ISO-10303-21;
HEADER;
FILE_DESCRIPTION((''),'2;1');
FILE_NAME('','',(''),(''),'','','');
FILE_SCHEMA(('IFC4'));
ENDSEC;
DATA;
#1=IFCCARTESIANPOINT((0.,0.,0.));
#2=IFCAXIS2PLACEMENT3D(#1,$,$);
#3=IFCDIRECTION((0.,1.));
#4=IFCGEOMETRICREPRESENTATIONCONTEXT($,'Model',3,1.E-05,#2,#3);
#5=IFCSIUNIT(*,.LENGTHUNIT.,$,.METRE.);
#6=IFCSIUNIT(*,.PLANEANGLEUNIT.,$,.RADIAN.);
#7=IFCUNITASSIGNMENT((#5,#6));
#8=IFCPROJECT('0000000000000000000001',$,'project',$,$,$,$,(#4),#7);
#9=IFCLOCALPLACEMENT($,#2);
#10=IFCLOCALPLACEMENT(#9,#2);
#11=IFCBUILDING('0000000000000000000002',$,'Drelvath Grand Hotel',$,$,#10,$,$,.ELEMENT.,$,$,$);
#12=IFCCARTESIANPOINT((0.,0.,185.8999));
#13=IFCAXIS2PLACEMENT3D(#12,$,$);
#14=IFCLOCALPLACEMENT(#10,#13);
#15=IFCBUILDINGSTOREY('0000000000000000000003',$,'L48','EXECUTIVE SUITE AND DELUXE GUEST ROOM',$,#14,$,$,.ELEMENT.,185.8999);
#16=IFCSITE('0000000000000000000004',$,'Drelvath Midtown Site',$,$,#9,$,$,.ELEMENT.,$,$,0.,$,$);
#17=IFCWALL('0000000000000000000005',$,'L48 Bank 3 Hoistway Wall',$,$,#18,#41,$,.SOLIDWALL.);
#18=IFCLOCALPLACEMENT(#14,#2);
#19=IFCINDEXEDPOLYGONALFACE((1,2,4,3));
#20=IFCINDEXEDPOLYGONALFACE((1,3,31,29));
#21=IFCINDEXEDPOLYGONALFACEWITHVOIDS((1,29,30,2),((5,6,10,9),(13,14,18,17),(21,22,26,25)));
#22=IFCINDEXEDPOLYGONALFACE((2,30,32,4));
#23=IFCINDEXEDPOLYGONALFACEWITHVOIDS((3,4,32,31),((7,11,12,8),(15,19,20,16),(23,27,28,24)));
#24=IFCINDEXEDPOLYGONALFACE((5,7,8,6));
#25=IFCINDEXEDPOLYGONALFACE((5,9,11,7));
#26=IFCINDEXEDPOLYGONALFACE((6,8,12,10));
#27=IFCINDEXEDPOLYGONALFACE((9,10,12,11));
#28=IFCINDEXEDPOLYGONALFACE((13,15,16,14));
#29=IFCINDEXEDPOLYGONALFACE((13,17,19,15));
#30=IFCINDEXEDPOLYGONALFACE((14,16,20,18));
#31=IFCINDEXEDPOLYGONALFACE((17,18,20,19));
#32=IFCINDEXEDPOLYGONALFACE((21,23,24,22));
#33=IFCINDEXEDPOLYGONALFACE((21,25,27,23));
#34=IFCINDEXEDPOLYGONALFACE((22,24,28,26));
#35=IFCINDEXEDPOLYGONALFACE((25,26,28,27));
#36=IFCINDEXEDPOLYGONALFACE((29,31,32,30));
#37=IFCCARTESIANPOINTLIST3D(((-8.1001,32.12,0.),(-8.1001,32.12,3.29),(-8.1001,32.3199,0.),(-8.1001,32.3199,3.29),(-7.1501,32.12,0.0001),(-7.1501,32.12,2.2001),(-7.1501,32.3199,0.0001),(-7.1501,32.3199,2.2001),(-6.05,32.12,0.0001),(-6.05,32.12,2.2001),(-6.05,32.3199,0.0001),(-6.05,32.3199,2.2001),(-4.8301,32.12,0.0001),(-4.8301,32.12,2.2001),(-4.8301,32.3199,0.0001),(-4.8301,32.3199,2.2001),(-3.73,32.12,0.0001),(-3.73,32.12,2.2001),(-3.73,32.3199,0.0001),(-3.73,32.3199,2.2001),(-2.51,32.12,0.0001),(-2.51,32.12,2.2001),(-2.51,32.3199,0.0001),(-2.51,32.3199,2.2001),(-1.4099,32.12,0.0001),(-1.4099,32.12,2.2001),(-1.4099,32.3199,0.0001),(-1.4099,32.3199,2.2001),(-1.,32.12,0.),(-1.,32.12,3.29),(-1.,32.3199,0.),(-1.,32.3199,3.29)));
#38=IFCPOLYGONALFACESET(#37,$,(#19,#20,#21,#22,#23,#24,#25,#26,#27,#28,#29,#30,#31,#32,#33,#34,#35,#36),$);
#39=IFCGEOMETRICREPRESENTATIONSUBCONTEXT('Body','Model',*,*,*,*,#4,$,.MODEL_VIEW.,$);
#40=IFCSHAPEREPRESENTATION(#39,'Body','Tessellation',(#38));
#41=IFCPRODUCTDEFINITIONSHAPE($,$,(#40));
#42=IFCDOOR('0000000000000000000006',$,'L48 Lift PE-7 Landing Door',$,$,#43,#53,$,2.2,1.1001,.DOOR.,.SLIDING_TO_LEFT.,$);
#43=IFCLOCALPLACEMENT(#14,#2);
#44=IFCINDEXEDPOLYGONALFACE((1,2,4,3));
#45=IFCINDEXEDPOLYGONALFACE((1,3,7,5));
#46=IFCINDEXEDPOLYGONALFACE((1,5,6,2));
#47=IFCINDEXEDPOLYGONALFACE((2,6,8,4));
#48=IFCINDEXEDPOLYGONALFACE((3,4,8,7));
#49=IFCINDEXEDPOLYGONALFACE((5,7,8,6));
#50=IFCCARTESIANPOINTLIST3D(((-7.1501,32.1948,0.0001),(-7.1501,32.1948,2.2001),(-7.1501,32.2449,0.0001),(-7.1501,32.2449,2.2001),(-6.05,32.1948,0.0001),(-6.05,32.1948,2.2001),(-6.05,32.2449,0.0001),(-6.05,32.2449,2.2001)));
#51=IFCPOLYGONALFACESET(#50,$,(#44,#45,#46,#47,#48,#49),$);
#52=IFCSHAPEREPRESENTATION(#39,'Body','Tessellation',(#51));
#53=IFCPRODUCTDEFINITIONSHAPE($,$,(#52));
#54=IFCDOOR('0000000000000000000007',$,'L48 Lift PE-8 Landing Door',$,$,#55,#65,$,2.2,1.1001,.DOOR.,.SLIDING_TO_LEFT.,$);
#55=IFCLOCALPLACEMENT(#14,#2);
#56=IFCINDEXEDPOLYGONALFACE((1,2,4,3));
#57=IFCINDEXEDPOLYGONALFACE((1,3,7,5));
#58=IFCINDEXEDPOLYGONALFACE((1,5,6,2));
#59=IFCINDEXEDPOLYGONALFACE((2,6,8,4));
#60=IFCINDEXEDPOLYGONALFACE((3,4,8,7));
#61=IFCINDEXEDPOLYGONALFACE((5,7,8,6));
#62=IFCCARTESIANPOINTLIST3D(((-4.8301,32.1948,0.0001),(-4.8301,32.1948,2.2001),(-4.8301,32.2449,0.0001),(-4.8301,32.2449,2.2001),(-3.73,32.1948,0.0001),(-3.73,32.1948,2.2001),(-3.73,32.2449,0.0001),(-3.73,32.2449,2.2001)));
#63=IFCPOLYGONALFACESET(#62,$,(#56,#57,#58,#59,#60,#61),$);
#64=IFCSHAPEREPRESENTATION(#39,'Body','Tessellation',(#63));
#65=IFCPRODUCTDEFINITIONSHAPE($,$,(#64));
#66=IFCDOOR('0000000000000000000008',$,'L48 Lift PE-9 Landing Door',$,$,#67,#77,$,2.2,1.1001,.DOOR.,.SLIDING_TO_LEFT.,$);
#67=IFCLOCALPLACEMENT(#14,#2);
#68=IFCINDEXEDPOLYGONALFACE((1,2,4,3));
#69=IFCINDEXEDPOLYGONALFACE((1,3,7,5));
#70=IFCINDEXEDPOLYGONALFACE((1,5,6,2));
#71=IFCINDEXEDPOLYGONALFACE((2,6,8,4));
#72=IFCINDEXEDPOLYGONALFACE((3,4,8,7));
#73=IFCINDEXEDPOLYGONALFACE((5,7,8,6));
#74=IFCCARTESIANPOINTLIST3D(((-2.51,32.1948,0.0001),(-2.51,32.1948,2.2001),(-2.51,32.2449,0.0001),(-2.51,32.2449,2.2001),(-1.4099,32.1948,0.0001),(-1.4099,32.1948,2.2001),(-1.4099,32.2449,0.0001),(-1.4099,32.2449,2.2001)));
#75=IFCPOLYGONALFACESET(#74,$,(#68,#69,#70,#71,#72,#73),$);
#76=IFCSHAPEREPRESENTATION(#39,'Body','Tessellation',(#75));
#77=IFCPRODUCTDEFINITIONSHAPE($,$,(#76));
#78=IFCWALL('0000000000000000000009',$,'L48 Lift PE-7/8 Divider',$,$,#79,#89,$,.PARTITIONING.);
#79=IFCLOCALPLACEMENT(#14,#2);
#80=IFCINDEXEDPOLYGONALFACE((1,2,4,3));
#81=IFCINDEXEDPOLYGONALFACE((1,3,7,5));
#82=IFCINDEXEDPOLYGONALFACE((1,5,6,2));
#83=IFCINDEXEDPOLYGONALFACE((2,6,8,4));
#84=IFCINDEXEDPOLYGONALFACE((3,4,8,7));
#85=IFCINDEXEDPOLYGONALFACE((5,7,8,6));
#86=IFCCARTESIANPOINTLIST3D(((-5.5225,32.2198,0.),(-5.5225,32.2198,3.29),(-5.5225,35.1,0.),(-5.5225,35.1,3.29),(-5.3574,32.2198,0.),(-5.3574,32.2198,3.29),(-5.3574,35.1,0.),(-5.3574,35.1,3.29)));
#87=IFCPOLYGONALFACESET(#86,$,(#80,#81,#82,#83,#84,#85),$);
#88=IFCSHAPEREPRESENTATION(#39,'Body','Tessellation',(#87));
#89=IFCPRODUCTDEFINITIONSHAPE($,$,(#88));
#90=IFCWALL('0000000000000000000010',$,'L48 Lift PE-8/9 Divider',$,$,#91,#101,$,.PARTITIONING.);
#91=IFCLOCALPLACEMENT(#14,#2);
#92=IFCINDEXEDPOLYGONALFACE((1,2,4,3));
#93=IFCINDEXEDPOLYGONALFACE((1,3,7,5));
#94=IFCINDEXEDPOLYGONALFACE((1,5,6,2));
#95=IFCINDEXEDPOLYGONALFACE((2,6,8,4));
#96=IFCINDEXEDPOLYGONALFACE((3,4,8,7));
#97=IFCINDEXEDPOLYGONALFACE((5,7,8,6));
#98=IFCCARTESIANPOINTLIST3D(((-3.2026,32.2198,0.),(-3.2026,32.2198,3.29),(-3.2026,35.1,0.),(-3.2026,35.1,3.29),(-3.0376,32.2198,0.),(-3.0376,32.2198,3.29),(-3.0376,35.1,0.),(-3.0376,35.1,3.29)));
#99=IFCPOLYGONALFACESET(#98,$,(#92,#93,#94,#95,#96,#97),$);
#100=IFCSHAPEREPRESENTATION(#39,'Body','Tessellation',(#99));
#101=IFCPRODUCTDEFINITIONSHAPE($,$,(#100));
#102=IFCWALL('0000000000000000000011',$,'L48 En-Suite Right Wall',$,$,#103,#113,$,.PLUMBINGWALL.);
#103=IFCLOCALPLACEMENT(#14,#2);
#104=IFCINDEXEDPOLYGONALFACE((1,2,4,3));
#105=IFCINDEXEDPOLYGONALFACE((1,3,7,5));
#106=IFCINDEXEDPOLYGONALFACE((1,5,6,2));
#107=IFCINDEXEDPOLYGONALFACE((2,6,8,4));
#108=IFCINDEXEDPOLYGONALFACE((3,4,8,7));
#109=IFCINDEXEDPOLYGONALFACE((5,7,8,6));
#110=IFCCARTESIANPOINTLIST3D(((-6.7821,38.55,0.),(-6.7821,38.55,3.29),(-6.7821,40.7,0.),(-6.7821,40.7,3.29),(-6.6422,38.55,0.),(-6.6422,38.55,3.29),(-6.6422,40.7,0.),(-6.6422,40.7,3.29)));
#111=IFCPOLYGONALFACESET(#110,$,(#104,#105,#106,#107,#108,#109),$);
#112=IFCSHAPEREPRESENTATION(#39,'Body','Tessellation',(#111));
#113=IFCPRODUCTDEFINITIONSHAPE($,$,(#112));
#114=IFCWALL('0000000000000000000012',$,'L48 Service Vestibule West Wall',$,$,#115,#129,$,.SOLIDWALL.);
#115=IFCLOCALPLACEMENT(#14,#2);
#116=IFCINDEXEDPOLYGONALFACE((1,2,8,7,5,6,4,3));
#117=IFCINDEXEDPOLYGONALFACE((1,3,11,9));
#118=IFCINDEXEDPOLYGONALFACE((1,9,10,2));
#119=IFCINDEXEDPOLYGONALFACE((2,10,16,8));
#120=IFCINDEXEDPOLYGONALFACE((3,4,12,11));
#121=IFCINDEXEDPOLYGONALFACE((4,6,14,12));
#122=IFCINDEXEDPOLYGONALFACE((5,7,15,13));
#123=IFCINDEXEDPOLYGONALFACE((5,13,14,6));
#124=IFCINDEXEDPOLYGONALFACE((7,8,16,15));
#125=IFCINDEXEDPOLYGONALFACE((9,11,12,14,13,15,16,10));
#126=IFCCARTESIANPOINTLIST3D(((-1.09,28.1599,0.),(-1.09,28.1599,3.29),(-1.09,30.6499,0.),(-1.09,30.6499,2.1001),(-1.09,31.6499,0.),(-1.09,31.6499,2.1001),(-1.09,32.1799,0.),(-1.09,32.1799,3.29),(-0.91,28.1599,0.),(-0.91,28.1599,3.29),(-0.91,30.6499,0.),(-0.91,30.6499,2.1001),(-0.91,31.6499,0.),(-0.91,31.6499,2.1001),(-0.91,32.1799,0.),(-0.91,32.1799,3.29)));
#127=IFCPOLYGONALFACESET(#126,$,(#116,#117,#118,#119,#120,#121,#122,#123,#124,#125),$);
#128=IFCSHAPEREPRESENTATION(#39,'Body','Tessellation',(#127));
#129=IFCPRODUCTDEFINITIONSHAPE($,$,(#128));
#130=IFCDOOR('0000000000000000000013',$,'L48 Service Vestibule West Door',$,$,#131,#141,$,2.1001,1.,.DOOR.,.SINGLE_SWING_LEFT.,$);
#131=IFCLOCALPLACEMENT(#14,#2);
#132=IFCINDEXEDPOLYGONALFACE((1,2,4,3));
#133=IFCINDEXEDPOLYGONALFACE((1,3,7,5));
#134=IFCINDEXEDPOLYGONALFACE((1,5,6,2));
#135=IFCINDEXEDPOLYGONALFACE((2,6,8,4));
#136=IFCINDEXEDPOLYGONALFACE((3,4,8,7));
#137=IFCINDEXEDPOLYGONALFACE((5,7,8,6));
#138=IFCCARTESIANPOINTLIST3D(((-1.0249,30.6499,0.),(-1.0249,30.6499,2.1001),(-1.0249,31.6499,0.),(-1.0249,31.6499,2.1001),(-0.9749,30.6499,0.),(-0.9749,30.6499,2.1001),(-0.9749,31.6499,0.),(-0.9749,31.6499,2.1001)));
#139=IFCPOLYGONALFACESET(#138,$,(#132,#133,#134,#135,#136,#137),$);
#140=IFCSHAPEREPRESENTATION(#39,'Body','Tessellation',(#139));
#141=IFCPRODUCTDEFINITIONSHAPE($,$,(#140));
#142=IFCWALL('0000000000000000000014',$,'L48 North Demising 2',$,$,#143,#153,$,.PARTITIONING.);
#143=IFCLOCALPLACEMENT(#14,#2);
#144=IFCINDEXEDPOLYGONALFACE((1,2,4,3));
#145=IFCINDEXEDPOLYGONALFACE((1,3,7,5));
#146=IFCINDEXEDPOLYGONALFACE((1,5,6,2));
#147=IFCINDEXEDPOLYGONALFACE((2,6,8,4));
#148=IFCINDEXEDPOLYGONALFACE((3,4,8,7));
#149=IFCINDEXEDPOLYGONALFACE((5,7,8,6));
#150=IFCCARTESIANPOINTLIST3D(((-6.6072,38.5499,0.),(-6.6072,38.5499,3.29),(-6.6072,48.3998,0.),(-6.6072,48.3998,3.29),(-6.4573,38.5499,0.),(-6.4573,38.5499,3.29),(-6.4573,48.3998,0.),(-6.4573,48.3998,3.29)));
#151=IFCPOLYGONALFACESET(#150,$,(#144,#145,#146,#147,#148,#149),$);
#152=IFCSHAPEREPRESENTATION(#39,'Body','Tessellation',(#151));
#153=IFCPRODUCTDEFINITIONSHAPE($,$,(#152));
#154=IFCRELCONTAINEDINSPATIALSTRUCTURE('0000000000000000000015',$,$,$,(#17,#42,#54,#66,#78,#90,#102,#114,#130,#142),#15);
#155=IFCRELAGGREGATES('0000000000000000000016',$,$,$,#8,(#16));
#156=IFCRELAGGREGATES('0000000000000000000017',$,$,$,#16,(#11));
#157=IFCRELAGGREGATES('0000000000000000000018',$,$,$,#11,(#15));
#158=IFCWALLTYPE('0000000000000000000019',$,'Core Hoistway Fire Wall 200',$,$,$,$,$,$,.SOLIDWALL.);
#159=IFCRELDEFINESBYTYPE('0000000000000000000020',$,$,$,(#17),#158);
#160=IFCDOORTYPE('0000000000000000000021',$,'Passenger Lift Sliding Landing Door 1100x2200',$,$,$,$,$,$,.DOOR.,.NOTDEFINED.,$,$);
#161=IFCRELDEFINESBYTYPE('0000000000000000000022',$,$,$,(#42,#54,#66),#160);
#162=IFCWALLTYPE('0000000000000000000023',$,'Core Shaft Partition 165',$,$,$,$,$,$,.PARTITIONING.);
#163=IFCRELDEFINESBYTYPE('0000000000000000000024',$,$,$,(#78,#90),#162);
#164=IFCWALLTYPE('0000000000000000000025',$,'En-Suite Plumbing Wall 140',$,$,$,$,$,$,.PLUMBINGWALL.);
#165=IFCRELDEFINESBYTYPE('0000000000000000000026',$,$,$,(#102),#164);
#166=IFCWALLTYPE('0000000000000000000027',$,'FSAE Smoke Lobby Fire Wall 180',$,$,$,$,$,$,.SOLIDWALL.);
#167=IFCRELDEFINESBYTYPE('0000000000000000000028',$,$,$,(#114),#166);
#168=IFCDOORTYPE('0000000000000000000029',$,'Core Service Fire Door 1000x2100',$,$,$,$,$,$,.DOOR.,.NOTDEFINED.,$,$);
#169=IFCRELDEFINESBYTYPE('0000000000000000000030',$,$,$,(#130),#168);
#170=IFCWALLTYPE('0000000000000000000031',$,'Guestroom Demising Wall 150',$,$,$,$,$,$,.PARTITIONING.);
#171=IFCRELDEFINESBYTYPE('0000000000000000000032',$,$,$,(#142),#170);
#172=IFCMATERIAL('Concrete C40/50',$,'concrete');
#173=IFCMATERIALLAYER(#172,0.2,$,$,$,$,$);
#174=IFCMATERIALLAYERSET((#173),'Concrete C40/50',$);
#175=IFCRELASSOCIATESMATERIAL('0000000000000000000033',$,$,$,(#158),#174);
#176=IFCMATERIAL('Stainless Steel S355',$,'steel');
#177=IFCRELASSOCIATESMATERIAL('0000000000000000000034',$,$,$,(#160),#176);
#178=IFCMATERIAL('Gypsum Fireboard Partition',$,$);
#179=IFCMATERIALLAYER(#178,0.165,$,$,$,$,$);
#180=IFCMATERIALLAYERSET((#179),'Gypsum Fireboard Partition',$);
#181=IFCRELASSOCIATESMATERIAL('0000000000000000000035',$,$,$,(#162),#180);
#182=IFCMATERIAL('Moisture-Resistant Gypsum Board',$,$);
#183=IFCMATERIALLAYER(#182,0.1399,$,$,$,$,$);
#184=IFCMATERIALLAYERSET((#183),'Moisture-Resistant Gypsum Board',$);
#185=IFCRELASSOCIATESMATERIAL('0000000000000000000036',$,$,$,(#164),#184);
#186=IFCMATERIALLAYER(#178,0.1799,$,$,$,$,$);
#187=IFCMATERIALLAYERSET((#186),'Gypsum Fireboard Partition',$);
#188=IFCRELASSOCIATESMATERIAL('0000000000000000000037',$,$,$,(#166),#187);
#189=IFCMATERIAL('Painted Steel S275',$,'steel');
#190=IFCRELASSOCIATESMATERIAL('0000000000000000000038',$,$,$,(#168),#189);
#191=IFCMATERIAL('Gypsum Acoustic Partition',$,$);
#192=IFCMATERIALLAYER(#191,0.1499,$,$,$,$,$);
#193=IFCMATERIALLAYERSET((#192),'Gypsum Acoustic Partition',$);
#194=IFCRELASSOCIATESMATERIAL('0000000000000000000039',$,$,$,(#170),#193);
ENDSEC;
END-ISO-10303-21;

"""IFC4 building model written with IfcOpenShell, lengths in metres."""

from ifc_helpers import new_model, si_unit, direction, frame, frame_2d, origin, place, context, subcontext, project, spatial, rectangle, extrude, material, layer, layer_set, type_object, element, fill, save


model = new_model("IFC4")

# Units and contexts
model_context = context("Model", 3, precision=1e-05, world=origin(), true_north=direction((0.0, 1.0)))
body_context = subcontext(model_context, "Body", "Model", "MODEL_VIEW")
ifc_project = project(units=[si_unit("LENGTHUNIT", "METRE"), si_unit("PLANEANGLEUNIT", "RADIAN")], contexts=[model_context])

# Site, building, storey
site_placement = place(None, origin())
site = spatial("IfcSite", under=ifc_project, at=site_placement, Name="Drelvath Midtown Site", CompositionType="ELEMENT", RefElevation=0.0)
building_placement = place(site_placement, origin())
building = spatial("IfcBuilding", under=site, at=building_placement, Name="Drelvath Grand Hotel", CompositionType="ELEMENT")
storey_placement = place(building_placement, frame((0.0, 0.0, 185.8999)))
storey = spatial("IfcBuildingStorey", under=building, at=storey_placement, Name="L48", Description="EXECUTIVE SUITE AND DELUXE GUEST ROOM", CompositionType="ELEMENT", Elevation=185.8999)

# Shared definitions
ifc_material_1 = material(Name="Painted Steel S275", Category="steel")

# Shared definitions
ifc_material_2 = material(Name="Concrete C40/50", Category="concrete")
ifc_layer_1 = layer(ifc_material_2, 0.2)
ifc_layer_set_1 = layer_set([ifc_layer_1], Name="Concrete C40/50")
wall_type_1 = type_object("IfcWallType", Name="Core Hoistway Fire Wall 200", PredefinedType="SOLIDWALL", material=ifc_layer_set_1)
ifc_material_3 = material(Name="Stainless Steel S355", Category="steel")

# Wall, openings, doors
wall_1_placement = place(storey_placement, frame((-8.1001, 32.22, 0.0), z_axis=(0.0, 0.0, 1.0), x_axis=(1.0, 0.0, 0.0)))
wall_1 = element("IfcWall", 1, at=wall_1_placement, inside=storey, type_object=wall_type_1, Name="L48 Bank 3 Hoistway Wall", PredefinedType="SOLIDWALL", context=body_context, shape_type="SweptSolid", body=[
    extrude(rectangle(XDim=7.1001, YDim=0.2, at=frame_2d((3.55, 0.0))), origin(), (0.0, 0.0, 1.0), 3.29),
])
opening_1_placement = place(wall_1_placement, frame((0.95, 0.0, 0.0)))
opening_1 = element("IfcOpeningElement", 2, at=opening_1_placement, cuts=wall_1, PredefinedType="OPENING", context=body_context, shape_type="SweptSolid", body=[
    extrude(rectangle(XDim=1.1001, YDim=2.2, at=frame_2d((0.55, 1.1001))), frame((0.0, 0.1099, 0.0), z_axis=(0.0, -1.0, 0.0), x_axis=(1.0, 0.0, 0.0)), (0.0, 0.0, 1.0), 0.22),
])
opening_2_placement = place(wall_1_placement, frame((3.27, 0.0, 0.0)))
opening_2 = element("IfcOpeningElement", 3, at=opening_2_placement, cuts=wall_1, PredefinedType="OPENING", context=body_context, shape_type="SweptSolid", body=[
    extrude(rectangle(XDim=1.1001, YDim=2.2, at=frame_2d((0.55, 1.1001))), frame((0.0, 0.1099, 0.0), z_axis=(0.0, -1.0, 0.0), x_axis=(1.0, 0.0, 0.0)), (0.0, 0.0, 1.0), 0.22),
])
opening_3_placement = place(wall_1_placement, frame((5.5901, 0.0, 0.0)))
opening_3 = element("IfcOpeningElement", 4, at=opening_3_placement, cuts=wall_1, PredefinedType="OPENING", context=body_context, shape_type="SweptSolid", body=[
    extrude(rectangle(XDim=1.1001, YDim=2.2, at=frame_2d((0.55, 1.1001))), frame((0.0, 0.1099, 0.0), z_axis=(0.0, -1.0, 0.0), x_axis=(1.0, 0.0, 0.0)), (0.0, 0.0, 1.0), 0.22),
])
door_type_1 = type_object("IfcDoorType", Name="Passenger Lift Sliding Landing Door 1100x2200", OperationType="NOTDEFINED", PredefinedType="DOOR", material=ifc_material_3)
door_1_placement = place(opening_1_placement, origin())
door_1 = element("IfcDoor", 5, at=door_1_placement, inside=storey, type_object=door_type_1, Name="L48 Lift PE-7 Landing Door", OperationType="SLIDING_TO_LEFT", OverallHeight=2.2, OverallWidth=1.1001, PredefinedType="DOOR", context=body_context, shape_type="SweptSolid", body=[
    extrude(rectangle(XDim=1.1001, YDim=2.2, at=frame_2d((0.55, 1.1001))), frame((0.0, 0.0249, 0.0), z_axis=(0.0, -1.0, 0.0), x_axis=(1.0, 0.0, 0.0)), (0.0, 0.0, 1.0), 0.05),
])
fill(opening_1, door_1)
door_2_placement = place(opening_2_placement, origin())
door_2 = element("IfcDoor", 6, at=door_2_placement, inside=storey, type_object=door_type_1, Name="L48 Lift PE-8 Landing Door", OperationType="SLIDING_TO_LEFT", OverallHeight=2.2, OverallWidth=1.1001, PredefinedType="DOOR", context=body_context, shape_type="SweptSolid", body=[
    extrude(rectangle(XDim=1.1001, YDim=2.2, at=frame_2d((0.55, 1.1001))), frame((0.0, 0.0249, 0.0), z_axis=(0.0, -1.0, 0.0), x_axis=(1.0, 0.0, 0.0)), (0.0, 0.0, 1.0), 0.05),
])
fill(opening_2, door_2)
door_3_placement = place(opening_3_placement, origin())
door_3 = element("IfcDoor", 7, at=door_3_placement, inside=storey, type_object=door_type_1, Name="L48 Lift PE-9 Landing Door", OperationType="SLIDING_TO_LEFT", OverallHeight=2.2, OverallWidth=1.1001, PredefinedType="DOOR", context=body_context, shape_type="SweptSolid", body=[
    extrude(rectangle(XDim=1.1001, YDim=2.2, at=frame_2d((0.55, 1.1001))), frame((0.0, 0.0249, 0.0), z_axis=(0.0, -1.0, 0.0), x_axis=(1.0, 0.0, 0.0)), (0.0, 0.0, 1.0), 0.05),
])
fill(opening_3, door_3)

# Walls
ifc_material_4 = material(Name="Gypsum Fireboard Partition")
ifc_layer_2 = layer(ifc_material_4, 0.165)
ifc_layer_set_2 = layer_set([ifc_layer_2], Name="Gypsum Fireboard Partition")
wall_type_2 = type_object("IfcWallType", Name="Core Shaft Partition 165", PredefinedType="PARTITIONING", material=ifc_layer_set_2)
for number, where, z_axis, x_axis, name in (
    (8, (-5.4399, 32.22, 0.0), (0.0, 0.0, 1.0), (0.0, 1.0, 0.0), "L48 Lift PE-7/8 Divider"),
    (9, (-3.1201, 32.22, 0.0), (0.0, 0.0, 1.0), (0.0, 1.0, 0.0), "L48 Lift PE-8/9 Divider"),
):
    element("IfcWall", number, at=place(storey_placement, frame(where, z_axis=z_axis, x_axis=x_axis)), inside=storey, type_object=wall_type_2, Name=name, PredefinedType="PARTITIONING", context=body_context, shape_type="SweptSolid", body=[
        extrude(rectangle(XDim=2.8801, YDim=0.165, at=frame_2d((1.4399, 0.0))), origin(), (0.0, 0.0, 1.0), 3.29),
    ])
ifc_material_5 = material(Name="Moisture-Resistant Gypsum Board")
ifc_layer_3 = layer(ifc_material_5, 0.1399)
ifc_layer_set_3 = layer_set([ifc_layer_3], Name="Moisture-Resistant Gypsum Board")
wall_type_3 = type_object("IfcWallType", Name="En-Suite Plumbing Wall 140", PredefinedType="PLUMBINGWALL", material=ifc_layer_set_3)
wall_2_placement = place(storey_placement, frame((-6.7122, 38.55, 0.0), z_axis=(0.0, 0.0, 1.0), x_axis=(0.0, 1.0, 0.0)))
element("IfcWall", 10, at=wall_2_placement, inside=storey, type_object=wall_type_3, Name="L48 En-Suite Right Wall", PredefinedType="PLUMBINGWALL", context=body_context, shape_type="SweptSolid", body=[
    extrude(rectangle(XDim=2.1499, YDim=0.1399, at=frame_2d((1.075, 0.0))), origin(), (0.0, 0.0, 1.0), 3.29),
])

# Wall, opening, door
ifc_layer_4 = layer(ifc_material_4, 0.1799)
ifc_layer_set_4 = layer_set([ifc_layer_4], Name="Gypsum Fireboard Partition")
wall_type_4 = type_object("IfcWallType", Name="FSAE Smoke Lobby Fire Wall 180", PredefinedType="SOLIDWALL", material=ifc_layer_set_4)
wall_3_placement = place(storey_placement, frame((-1.0, 28.1599, 0.0), z_axis=(0.0, 0.0, 1.0), x_axis=(0.0, 1.0, 0.0)))
wall_3 = element("IfcWall", 11, at=wall_3_placement, inside=storey, type_object=wall_type_4, Name="L48 Service Vestibule West Wall", PredefinedType="SOLIDWALL", context=body_context, shape_type="SweptSolid", body=[
    extrude(rectangle(XDim=4.02, YDim=0.1799, at=frame_2d((2.01, 0.0))), origin(), (0.0, 0.0, 1.0), 3.29),
])
opening_4_placement = place(wall_3_placement, frame((2.49, 0.0, 0.0)))
opening_4 = element("IfcOpeningElement", 12, at=opening_4_placement, cuts=wall_3, PredefinedType="OPENING", context=body_context, shape_type="SweptSolid", body=[
    extrude(rectangle(XDim=1.0, YDim=2.1001, at=frame_2d((0.5, 1.05))), frame((0.0, 0.0999, 0.0), z_axis=(0.0, -1.0, 0.0), x_axis=(1.0, 0.0, 0.0)), (0.0, 0.0, 1.0), 0.2),
])
door_type_2 = type_object("IfcDoorType", Name="Core Service Fire Door 1000x2100", OperationType="NOTDEFINED", PredefinedType="DOOR", material=ifc_material_1)
door_4_placement = place(opening_4_placement, origin())
door_4 = element("IfcDoor", 13, at=door_4_placement, inside=storey, type_object=door_type_2, Name="L48 Service Vestibule West Door", OperationType="SINGLE_SWING_LEFT", OverallHeight=2.1001, OverallWidth=1.0, PredefinedType="DOOR", context=body_context, shape_type="SweptSolid", body=[
    extrude(rectangle(XDim=1.0, YDim=2.1001, at=frame_2d((0.5, 1.05))), frame((0.0, 0.0249, 0.0), z_axis=(0.0, -1.0, 0.0), x_axis=(1.0, 0.0, 0.0)), (0.0, 0.0, 1.0), 0.05),
])
fill(opening_4, door_4)

# Wall
ifc_material_6 = material(Name="Gypsum Acoustic Partition")
ifc_layer_5 = layer(ifc_material_6, 0.1499)
ifc_layer_set_5 = layer_set([ifc_layer_5], Name="Gypsum Acoustic Partition")
wall_type_5 = type_object("IfcWallType", Name="Guestroom Demising Wall 150", PredefinedType="PARTITIONING", material=ifc_layer_set_5)
wall_4_placement = place(storey_placement, frame((-6.5322, 38.55, 0.0), z_axis=(0.0, 0.0, 1.0), x_axis=(0.0, 1.0, 0.0)))
element("IfcWall", 14, at=wall_4_placement, inside=storey, type_object=wall_type_5, Name="L48 North Demising 2", PredefinedType="PARTITIONING", context=body_context, shape_type="SweptSolid", body=[
    extrude(rectangle(XDim=9.8499, YDim=0.1499, at=frame_2d((4.9248, 0.0))), origin(), (0.0, 0.0, 1.0), 3.29),
])

save(model, "model.ifc")
